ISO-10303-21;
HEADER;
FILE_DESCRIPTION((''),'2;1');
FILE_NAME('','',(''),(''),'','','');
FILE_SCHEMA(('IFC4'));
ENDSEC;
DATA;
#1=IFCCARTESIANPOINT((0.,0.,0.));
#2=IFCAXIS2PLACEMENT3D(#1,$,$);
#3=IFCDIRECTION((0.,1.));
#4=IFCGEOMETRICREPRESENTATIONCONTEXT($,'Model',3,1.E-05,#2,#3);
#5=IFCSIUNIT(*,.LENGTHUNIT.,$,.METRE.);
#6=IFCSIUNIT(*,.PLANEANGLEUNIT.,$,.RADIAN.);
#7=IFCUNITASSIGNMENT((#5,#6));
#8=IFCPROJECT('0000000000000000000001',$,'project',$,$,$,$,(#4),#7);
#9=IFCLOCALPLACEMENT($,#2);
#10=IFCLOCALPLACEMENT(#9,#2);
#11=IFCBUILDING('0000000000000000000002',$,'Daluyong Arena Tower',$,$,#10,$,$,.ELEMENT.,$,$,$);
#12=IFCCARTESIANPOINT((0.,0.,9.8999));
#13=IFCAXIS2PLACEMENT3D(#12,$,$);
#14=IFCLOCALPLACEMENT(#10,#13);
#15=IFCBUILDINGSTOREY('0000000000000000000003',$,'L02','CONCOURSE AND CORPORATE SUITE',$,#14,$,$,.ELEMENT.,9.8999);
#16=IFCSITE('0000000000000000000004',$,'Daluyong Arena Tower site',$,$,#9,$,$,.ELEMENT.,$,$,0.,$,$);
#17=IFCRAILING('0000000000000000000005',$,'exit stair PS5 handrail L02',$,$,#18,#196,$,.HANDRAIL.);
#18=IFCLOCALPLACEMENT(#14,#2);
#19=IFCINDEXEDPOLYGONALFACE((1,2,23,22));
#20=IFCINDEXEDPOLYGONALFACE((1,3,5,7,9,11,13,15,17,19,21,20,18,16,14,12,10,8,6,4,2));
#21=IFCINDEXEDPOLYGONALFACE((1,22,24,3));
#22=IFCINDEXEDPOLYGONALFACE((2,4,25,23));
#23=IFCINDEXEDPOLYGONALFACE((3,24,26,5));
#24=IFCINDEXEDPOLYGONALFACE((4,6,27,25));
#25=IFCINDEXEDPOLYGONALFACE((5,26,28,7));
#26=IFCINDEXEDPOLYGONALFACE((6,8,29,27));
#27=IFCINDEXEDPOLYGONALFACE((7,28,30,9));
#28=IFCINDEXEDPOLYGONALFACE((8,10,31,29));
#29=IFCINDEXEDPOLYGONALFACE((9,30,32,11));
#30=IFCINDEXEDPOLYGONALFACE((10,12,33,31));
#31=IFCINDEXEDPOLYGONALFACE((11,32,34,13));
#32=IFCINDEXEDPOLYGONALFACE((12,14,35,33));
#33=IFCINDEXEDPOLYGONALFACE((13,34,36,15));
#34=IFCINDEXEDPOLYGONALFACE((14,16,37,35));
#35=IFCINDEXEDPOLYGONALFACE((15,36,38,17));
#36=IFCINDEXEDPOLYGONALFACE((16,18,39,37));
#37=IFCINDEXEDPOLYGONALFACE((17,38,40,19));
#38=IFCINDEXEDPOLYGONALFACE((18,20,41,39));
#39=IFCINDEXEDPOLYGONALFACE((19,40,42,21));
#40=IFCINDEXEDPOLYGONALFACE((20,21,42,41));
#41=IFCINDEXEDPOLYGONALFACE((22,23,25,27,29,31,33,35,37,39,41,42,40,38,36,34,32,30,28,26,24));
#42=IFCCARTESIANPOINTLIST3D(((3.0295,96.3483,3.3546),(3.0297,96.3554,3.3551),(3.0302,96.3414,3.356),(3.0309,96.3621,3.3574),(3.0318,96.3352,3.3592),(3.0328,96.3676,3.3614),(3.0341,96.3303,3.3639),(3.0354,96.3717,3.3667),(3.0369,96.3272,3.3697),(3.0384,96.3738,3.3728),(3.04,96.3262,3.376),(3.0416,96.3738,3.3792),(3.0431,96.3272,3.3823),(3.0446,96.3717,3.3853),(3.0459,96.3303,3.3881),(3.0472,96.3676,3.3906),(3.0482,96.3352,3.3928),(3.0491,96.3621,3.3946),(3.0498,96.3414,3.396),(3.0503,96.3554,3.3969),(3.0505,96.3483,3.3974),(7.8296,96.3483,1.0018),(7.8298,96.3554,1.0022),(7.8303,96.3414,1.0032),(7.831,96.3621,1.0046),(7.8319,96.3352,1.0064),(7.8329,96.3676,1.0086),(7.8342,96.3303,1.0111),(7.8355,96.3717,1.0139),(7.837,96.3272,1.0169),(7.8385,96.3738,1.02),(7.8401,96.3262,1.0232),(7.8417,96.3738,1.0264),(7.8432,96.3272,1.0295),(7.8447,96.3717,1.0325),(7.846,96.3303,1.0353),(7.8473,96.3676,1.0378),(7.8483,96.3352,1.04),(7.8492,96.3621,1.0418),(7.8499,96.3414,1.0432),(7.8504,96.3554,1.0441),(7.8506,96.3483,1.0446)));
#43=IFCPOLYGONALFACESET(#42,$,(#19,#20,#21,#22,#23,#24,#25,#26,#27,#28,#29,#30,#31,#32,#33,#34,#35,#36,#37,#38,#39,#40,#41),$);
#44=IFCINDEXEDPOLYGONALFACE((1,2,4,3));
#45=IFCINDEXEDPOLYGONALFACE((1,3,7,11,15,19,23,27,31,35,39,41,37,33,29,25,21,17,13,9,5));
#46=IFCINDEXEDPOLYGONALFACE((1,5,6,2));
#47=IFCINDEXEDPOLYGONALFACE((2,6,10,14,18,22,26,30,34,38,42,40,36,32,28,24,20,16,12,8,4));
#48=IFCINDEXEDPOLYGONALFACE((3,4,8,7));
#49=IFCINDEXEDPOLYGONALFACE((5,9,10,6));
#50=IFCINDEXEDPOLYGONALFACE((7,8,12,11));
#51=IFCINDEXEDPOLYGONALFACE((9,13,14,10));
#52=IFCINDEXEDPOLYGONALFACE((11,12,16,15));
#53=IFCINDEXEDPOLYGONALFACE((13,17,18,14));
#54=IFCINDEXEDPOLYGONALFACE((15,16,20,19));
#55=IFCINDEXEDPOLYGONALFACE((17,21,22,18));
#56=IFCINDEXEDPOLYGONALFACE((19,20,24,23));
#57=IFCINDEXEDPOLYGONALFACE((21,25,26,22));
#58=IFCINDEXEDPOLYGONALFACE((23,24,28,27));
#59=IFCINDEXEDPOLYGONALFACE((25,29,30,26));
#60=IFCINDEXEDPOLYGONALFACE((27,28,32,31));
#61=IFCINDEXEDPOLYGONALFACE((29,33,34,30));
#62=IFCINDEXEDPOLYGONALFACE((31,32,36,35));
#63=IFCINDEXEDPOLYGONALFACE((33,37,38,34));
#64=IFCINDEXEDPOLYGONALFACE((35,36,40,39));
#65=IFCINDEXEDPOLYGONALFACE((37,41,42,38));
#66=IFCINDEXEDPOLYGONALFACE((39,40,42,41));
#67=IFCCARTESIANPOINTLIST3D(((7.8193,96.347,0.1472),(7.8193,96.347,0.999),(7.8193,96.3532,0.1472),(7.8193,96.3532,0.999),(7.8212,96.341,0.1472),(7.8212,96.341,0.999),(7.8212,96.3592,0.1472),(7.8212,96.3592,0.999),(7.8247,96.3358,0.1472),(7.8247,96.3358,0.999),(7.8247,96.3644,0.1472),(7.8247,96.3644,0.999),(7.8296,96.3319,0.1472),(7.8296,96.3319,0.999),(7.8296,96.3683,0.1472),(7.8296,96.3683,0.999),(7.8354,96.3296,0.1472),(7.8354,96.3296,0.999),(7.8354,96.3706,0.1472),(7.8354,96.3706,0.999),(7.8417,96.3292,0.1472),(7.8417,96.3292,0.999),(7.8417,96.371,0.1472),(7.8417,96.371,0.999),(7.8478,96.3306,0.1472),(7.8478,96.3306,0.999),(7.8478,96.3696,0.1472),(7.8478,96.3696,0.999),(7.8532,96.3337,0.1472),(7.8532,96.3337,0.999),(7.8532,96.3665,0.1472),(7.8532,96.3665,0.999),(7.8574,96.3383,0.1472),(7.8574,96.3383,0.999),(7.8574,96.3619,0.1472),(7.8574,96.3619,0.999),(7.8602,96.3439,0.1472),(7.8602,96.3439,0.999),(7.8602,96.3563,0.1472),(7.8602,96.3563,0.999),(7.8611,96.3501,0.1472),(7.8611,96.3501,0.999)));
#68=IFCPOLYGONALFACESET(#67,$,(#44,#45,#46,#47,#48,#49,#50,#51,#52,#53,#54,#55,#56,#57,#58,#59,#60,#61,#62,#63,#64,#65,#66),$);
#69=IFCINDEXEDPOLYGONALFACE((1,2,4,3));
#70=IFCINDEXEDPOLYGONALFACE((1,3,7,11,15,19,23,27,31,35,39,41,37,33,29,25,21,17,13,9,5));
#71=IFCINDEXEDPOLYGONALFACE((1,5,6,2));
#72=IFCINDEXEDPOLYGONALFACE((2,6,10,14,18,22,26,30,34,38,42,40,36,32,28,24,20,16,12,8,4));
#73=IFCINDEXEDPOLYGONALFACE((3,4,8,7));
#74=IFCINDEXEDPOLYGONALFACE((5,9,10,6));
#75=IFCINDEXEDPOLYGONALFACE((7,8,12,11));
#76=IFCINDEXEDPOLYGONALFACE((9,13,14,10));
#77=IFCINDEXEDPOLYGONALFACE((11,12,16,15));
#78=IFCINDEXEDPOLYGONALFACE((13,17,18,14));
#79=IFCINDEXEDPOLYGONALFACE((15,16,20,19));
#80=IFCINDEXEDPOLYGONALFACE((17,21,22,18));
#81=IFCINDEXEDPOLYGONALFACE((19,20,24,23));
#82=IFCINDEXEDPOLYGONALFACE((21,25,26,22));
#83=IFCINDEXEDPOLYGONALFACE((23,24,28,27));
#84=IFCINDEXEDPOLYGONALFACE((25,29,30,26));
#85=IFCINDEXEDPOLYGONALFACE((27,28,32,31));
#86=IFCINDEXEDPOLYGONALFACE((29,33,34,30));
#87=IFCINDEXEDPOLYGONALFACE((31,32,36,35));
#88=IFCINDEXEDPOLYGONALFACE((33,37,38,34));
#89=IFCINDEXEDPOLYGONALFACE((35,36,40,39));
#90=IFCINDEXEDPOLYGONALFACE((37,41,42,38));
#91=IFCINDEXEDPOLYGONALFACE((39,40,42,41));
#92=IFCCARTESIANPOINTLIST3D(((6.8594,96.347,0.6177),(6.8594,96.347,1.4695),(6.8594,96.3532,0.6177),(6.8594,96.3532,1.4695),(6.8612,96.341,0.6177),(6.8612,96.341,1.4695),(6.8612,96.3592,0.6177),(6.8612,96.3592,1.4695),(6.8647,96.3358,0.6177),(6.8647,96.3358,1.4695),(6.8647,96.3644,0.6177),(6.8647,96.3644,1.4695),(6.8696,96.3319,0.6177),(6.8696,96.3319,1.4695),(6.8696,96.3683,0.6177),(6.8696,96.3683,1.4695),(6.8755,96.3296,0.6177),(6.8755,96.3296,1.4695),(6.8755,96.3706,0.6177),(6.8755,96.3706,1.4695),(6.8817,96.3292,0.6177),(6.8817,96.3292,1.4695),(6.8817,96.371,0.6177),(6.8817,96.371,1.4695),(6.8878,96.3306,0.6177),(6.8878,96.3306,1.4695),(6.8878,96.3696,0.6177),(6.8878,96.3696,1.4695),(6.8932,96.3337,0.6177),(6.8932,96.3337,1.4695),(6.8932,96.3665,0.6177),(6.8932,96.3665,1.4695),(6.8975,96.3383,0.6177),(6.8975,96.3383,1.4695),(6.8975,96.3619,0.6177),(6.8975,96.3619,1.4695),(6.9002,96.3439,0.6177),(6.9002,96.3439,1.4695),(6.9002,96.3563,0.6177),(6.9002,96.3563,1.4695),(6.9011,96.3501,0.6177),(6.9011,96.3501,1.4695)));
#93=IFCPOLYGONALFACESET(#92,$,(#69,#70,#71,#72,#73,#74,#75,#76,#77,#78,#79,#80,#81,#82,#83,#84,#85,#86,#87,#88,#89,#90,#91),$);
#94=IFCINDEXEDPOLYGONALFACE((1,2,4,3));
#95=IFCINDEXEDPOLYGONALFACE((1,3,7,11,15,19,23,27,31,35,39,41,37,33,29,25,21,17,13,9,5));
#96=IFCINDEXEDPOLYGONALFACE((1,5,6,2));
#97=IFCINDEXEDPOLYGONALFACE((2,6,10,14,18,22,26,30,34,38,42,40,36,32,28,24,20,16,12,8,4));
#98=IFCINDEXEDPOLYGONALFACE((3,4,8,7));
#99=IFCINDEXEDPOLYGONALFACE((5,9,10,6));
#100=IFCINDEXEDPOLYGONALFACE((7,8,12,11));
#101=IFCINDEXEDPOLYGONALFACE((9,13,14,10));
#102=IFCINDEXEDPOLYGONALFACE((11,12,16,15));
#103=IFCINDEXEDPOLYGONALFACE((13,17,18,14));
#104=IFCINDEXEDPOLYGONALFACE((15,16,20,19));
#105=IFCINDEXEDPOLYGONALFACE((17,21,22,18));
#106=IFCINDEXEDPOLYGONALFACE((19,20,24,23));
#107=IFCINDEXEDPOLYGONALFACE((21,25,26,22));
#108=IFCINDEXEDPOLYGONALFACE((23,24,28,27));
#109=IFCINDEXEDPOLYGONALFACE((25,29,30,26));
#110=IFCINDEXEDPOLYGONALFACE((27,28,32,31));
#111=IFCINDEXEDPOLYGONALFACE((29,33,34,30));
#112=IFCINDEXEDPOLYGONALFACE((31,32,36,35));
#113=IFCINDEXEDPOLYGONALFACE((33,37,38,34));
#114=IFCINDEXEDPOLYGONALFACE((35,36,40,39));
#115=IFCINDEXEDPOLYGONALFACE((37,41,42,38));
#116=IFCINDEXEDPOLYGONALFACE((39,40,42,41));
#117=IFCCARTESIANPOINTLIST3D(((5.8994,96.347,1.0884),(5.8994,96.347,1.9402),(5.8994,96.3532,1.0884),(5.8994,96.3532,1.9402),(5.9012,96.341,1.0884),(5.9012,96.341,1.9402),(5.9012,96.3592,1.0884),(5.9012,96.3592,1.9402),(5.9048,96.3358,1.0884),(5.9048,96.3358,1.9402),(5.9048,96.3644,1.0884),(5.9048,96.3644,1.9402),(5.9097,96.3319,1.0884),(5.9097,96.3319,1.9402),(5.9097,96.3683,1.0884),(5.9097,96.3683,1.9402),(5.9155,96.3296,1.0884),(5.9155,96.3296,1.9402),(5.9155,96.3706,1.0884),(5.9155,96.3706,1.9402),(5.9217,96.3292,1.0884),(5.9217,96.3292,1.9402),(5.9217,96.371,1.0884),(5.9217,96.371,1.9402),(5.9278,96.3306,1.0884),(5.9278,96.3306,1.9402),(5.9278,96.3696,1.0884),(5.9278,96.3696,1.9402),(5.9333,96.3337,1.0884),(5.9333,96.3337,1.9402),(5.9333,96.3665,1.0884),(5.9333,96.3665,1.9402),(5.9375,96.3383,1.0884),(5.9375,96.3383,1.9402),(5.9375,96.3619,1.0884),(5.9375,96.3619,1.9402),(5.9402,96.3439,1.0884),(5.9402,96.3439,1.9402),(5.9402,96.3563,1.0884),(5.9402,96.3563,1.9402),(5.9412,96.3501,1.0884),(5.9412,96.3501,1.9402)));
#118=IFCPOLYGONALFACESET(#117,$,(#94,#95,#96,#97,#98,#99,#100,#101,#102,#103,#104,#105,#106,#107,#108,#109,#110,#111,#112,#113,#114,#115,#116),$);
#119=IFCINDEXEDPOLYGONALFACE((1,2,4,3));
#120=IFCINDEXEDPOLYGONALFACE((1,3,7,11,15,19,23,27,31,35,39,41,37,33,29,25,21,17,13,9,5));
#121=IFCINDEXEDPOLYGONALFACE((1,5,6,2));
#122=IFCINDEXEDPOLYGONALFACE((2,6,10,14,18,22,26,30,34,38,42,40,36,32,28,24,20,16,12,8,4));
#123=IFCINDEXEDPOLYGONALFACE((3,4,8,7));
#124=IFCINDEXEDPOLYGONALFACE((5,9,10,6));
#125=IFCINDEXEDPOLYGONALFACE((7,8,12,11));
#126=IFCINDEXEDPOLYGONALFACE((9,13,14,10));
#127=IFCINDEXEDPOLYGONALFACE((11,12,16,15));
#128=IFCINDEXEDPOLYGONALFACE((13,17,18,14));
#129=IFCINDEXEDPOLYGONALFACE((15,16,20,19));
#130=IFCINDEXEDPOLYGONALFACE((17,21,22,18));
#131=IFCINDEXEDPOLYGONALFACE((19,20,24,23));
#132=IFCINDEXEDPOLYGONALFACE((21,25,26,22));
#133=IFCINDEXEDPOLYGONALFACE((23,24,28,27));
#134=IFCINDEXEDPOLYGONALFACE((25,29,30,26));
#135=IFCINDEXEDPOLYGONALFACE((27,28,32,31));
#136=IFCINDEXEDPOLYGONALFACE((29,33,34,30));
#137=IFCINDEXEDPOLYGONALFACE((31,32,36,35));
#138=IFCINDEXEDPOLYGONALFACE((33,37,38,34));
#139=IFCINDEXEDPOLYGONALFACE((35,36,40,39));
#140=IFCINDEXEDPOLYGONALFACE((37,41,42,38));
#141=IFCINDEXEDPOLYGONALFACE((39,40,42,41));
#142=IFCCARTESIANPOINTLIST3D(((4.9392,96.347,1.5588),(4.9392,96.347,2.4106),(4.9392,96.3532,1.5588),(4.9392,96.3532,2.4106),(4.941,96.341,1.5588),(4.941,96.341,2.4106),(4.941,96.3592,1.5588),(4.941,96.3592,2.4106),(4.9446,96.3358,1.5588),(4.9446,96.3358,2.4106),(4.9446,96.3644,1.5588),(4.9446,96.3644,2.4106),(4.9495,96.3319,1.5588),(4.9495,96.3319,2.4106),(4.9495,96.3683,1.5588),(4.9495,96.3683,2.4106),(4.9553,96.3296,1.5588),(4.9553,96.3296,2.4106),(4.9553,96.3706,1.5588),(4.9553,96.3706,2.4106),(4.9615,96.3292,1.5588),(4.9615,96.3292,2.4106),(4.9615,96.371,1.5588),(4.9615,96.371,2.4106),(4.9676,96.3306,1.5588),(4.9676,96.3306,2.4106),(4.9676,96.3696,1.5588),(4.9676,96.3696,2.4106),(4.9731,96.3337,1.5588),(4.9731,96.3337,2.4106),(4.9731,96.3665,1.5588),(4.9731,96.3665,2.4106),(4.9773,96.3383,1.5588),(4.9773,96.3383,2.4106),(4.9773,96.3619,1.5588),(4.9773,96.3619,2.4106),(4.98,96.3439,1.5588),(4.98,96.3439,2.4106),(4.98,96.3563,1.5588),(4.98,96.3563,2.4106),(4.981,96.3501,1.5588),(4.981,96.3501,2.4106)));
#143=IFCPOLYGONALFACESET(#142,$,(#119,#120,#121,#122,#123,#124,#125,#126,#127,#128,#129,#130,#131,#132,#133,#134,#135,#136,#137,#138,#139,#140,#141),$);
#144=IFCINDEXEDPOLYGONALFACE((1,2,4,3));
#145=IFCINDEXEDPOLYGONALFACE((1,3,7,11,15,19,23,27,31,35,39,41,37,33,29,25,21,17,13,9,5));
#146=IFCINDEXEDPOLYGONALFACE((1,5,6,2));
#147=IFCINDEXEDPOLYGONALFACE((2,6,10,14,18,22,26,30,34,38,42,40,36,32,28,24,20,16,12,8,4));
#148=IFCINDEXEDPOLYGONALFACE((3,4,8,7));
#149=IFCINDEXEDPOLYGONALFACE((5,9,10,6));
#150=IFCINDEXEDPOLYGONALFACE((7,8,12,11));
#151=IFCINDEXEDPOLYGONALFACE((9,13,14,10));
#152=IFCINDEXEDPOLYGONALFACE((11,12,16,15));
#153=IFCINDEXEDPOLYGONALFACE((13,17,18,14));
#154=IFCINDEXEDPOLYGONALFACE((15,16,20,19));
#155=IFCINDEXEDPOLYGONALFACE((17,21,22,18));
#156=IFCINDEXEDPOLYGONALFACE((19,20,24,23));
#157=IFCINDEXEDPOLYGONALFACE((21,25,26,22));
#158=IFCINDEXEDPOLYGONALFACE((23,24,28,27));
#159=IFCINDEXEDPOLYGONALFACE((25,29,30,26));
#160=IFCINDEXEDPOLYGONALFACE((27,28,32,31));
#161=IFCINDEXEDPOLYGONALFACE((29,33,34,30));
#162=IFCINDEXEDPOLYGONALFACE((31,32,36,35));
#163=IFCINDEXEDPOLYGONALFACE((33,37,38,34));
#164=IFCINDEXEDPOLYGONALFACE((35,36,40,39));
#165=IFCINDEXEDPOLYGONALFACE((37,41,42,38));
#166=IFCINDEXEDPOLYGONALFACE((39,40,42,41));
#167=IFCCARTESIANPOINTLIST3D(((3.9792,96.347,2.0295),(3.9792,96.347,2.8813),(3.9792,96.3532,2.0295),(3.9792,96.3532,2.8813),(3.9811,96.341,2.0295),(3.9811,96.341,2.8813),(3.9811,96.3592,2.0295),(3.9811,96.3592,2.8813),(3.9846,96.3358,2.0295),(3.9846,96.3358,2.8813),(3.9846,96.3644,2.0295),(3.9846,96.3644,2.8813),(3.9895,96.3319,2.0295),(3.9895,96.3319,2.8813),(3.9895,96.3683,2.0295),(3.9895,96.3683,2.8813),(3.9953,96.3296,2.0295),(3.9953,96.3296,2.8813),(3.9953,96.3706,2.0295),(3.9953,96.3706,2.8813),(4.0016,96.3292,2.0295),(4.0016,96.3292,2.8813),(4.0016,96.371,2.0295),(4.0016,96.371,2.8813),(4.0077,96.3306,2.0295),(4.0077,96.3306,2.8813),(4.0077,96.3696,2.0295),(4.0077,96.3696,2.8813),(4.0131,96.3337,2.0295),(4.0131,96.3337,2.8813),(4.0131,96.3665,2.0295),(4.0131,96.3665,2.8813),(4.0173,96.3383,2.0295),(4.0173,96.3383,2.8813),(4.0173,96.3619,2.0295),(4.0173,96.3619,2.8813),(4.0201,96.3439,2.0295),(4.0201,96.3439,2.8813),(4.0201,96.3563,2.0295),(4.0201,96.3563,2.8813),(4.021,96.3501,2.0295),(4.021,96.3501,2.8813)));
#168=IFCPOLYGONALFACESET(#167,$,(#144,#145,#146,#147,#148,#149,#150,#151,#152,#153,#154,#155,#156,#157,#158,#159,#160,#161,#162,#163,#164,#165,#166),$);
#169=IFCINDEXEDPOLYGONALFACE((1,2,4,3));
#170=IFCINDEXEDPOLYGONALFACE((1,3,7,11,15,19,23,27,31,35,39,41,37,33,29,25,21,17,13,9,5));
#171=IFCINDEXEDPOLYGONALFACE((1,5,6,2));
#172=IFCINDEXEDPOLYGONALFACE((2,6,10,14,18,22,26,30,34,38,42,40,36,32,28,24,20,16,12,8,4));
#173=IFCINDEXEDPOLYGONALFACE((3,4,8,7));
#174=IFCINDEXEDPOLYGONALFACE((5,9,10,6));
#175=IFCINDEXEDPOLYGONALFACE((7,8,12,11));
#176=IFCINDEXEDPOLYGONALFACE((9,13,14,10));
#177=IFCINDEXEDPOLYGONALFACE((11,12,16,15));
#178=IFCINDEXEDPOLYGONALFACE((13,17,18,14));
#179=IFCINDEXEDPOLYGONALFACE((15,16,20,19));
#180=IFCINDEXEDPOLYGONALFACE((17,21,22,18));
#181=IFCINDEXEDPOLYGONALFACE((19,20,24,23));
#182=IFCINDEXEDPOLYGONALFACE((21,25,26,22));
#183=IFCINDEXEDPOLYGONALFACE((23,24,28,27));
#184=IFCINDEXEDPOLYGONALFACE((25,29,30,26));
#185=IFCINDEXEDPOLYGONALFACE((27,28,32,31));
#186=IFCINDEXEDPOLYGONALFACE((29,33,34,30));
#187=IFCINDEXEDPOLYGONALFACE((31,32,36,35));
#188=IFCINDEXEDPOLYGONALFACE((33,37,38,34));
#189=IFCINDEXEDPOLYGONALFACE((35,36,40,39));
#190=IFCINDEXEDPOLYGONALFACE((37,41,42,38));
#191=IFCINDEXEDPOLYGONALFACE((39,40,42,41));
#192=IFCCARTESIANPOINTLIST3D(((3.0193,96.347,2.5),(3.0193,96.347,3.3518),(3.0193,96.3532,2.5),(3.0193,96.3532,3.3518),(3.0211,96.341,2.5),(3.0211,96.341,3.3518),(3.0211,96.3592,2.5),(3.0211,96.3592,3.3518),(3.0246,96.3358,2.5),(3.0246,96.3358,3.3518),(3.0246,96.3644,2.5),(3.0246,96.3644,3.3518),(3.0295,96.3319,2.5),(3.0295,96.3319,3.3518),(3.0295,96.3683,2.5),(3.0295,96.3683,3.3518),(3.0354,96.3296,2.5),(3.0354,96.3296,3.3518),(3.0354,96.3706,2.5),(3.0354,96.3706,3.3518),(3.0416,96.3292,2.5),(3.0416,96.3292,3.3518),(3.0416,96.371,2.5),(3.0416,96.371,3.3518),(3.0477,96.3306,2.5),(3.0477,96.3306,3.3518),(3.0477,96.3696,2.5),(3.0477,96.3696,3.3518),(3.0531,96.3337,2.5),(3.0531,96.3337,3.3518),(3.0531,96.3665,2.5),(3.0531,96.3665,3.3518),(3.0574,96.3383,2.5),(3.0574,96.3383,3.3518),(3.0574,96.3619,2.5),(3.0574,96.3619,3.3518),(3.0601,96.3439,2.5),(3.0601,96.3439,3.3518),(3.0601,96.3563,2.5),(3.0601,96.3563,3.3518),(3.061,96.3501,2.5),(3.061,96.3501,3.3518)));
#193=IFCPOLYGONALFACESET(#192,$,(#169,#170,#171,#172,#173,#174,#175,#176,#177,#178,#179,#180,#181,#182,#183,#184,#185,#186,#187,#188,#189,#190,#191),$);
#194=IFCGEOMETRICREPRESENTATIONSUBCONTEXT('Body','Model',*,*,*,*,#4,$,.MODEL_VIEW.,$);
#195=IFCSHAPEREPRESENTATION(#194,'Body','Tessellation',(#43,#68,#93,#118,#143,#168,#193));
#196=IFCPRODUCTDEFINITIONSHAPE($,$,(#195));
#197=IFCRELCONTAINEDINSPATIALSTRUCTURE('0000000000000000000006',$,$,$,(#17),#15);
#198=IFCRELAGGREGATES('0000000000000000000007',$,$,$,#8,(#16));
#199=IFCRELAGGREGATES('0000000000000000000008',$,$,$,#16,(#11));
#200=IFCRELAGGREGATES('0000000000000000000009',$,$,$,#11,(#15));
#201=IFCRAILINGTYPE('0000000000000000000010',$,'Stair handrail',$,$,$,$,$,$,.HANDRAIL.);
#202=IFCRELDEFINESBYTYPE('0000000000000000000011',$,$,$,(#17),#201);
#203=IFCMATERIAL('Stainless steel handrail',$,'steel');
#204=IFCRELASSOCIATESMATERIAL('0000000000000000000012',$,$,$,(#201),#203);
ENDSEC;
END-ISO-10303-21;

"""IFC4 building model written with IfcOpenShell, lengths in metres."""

from ifc_helpers import new_model, si_unit, direction, frame, origin, origin_2d, place, context, subcontext, project, spatial, circle, extrude, material, type_object, element, save


model = new_model("IFC4")

# Units and contexts
model_context = context("Model", 3, precision=1e-05, world=origin(), true_north=direction((0.0, 1.0)))
body_context = subcontext(model_context, "Body", "Model", "MODEL_VIEW")
ifc_project = project(units=[si_unit("LENGTHUNIT", "METRE"), si_unit("PLANEANGLEUNIT", "RADIAN")], contexts=[model_context])

# Site, building, storey
site_placement = place(None, origin())
site = spatial("IfcSite", under=ifc_project, at=site_placement, Name="Daluyong Arena Tower site", CompositionType="ELEMENT", RefElevation=0.0)
building_placement = place(site_placement, origin())
building = spatial("IfcBuilding", under=site, at=building_placement, Name="Daluyong Arena Tower", CompositionType="ELEMENT")
storey_placement = place(building_placement, frame((0.0, 0.0, 9.8999)))
storey = spatial("IfcBuildingStorey", under=building, at=storey_placement, Name="L02", Description="CONCOURSE AND CORPORATE SUITE", CompositionType="ELEMENT", Elevation=9.8999)

# Railing
ifc_material_1 = material(Name="Stainless steel handrail", Category="steel")
railing_type = type_object("IfcRailingType", Name="Stair handrail", PredefinedType="HANDRAIL", material=ifc_material_1)
railing_placement = place(storey_placement, frame((7.8401, 96.3501, 0.1472)))
element("IfcRailing", 1, at=railing_placement, inside=storey, type_object=railing_type, Name="exit stair PS5 handrail L02", PredefinedType="HANDRAIL", context=body_context, shape_type="SweptSolid", body=[
    extrude(circle(Radius=0.0239, at=origin_2d()), frame((0.0, 0.0, 0.876), z_axis=(-0.897934, 0.0, 0.44013), x_axis=(0.0, -1.0, 0.0)), (0.0, 0.0, 1.0), 5.3457),
    extrude(circle(Radius=0.021, at=origin_2d()), origin(), (0.0, 0.0, 1.0), 0.8518),
    extrude(circle(Radius=0.021, at=origin_2d()), frame((-0.96, 0.0, 0.4705)), (0.0, 0.0, 1.0), 0.8518),
    extrude(circle(Radius=0.021, at=origin_2d()), frame((-1.9199, 0.0, 0.9412)), (0.0, 0.0, 1.0), 0.8518),
    extrude(circle(Radius=0.021, at=origin_2d()), frame((-2.8801, 0.0, 1.4116)), (0.0, 0.0, 1.0), 0.8518),
    extrude(circle(Radius=0.021, at=origin_2d()), frame((-3.8401, 0.0, 1.8823)), (0.0, 0.0, 1.0), 0.8518),
    extrude(circle(Radius=0.021, at=origin_2d()), frame((-4.8, 0.0, 2.3528)), (0.0, 0.0, 1.0), 0.8518),
])

save(model, "model.ifc")
